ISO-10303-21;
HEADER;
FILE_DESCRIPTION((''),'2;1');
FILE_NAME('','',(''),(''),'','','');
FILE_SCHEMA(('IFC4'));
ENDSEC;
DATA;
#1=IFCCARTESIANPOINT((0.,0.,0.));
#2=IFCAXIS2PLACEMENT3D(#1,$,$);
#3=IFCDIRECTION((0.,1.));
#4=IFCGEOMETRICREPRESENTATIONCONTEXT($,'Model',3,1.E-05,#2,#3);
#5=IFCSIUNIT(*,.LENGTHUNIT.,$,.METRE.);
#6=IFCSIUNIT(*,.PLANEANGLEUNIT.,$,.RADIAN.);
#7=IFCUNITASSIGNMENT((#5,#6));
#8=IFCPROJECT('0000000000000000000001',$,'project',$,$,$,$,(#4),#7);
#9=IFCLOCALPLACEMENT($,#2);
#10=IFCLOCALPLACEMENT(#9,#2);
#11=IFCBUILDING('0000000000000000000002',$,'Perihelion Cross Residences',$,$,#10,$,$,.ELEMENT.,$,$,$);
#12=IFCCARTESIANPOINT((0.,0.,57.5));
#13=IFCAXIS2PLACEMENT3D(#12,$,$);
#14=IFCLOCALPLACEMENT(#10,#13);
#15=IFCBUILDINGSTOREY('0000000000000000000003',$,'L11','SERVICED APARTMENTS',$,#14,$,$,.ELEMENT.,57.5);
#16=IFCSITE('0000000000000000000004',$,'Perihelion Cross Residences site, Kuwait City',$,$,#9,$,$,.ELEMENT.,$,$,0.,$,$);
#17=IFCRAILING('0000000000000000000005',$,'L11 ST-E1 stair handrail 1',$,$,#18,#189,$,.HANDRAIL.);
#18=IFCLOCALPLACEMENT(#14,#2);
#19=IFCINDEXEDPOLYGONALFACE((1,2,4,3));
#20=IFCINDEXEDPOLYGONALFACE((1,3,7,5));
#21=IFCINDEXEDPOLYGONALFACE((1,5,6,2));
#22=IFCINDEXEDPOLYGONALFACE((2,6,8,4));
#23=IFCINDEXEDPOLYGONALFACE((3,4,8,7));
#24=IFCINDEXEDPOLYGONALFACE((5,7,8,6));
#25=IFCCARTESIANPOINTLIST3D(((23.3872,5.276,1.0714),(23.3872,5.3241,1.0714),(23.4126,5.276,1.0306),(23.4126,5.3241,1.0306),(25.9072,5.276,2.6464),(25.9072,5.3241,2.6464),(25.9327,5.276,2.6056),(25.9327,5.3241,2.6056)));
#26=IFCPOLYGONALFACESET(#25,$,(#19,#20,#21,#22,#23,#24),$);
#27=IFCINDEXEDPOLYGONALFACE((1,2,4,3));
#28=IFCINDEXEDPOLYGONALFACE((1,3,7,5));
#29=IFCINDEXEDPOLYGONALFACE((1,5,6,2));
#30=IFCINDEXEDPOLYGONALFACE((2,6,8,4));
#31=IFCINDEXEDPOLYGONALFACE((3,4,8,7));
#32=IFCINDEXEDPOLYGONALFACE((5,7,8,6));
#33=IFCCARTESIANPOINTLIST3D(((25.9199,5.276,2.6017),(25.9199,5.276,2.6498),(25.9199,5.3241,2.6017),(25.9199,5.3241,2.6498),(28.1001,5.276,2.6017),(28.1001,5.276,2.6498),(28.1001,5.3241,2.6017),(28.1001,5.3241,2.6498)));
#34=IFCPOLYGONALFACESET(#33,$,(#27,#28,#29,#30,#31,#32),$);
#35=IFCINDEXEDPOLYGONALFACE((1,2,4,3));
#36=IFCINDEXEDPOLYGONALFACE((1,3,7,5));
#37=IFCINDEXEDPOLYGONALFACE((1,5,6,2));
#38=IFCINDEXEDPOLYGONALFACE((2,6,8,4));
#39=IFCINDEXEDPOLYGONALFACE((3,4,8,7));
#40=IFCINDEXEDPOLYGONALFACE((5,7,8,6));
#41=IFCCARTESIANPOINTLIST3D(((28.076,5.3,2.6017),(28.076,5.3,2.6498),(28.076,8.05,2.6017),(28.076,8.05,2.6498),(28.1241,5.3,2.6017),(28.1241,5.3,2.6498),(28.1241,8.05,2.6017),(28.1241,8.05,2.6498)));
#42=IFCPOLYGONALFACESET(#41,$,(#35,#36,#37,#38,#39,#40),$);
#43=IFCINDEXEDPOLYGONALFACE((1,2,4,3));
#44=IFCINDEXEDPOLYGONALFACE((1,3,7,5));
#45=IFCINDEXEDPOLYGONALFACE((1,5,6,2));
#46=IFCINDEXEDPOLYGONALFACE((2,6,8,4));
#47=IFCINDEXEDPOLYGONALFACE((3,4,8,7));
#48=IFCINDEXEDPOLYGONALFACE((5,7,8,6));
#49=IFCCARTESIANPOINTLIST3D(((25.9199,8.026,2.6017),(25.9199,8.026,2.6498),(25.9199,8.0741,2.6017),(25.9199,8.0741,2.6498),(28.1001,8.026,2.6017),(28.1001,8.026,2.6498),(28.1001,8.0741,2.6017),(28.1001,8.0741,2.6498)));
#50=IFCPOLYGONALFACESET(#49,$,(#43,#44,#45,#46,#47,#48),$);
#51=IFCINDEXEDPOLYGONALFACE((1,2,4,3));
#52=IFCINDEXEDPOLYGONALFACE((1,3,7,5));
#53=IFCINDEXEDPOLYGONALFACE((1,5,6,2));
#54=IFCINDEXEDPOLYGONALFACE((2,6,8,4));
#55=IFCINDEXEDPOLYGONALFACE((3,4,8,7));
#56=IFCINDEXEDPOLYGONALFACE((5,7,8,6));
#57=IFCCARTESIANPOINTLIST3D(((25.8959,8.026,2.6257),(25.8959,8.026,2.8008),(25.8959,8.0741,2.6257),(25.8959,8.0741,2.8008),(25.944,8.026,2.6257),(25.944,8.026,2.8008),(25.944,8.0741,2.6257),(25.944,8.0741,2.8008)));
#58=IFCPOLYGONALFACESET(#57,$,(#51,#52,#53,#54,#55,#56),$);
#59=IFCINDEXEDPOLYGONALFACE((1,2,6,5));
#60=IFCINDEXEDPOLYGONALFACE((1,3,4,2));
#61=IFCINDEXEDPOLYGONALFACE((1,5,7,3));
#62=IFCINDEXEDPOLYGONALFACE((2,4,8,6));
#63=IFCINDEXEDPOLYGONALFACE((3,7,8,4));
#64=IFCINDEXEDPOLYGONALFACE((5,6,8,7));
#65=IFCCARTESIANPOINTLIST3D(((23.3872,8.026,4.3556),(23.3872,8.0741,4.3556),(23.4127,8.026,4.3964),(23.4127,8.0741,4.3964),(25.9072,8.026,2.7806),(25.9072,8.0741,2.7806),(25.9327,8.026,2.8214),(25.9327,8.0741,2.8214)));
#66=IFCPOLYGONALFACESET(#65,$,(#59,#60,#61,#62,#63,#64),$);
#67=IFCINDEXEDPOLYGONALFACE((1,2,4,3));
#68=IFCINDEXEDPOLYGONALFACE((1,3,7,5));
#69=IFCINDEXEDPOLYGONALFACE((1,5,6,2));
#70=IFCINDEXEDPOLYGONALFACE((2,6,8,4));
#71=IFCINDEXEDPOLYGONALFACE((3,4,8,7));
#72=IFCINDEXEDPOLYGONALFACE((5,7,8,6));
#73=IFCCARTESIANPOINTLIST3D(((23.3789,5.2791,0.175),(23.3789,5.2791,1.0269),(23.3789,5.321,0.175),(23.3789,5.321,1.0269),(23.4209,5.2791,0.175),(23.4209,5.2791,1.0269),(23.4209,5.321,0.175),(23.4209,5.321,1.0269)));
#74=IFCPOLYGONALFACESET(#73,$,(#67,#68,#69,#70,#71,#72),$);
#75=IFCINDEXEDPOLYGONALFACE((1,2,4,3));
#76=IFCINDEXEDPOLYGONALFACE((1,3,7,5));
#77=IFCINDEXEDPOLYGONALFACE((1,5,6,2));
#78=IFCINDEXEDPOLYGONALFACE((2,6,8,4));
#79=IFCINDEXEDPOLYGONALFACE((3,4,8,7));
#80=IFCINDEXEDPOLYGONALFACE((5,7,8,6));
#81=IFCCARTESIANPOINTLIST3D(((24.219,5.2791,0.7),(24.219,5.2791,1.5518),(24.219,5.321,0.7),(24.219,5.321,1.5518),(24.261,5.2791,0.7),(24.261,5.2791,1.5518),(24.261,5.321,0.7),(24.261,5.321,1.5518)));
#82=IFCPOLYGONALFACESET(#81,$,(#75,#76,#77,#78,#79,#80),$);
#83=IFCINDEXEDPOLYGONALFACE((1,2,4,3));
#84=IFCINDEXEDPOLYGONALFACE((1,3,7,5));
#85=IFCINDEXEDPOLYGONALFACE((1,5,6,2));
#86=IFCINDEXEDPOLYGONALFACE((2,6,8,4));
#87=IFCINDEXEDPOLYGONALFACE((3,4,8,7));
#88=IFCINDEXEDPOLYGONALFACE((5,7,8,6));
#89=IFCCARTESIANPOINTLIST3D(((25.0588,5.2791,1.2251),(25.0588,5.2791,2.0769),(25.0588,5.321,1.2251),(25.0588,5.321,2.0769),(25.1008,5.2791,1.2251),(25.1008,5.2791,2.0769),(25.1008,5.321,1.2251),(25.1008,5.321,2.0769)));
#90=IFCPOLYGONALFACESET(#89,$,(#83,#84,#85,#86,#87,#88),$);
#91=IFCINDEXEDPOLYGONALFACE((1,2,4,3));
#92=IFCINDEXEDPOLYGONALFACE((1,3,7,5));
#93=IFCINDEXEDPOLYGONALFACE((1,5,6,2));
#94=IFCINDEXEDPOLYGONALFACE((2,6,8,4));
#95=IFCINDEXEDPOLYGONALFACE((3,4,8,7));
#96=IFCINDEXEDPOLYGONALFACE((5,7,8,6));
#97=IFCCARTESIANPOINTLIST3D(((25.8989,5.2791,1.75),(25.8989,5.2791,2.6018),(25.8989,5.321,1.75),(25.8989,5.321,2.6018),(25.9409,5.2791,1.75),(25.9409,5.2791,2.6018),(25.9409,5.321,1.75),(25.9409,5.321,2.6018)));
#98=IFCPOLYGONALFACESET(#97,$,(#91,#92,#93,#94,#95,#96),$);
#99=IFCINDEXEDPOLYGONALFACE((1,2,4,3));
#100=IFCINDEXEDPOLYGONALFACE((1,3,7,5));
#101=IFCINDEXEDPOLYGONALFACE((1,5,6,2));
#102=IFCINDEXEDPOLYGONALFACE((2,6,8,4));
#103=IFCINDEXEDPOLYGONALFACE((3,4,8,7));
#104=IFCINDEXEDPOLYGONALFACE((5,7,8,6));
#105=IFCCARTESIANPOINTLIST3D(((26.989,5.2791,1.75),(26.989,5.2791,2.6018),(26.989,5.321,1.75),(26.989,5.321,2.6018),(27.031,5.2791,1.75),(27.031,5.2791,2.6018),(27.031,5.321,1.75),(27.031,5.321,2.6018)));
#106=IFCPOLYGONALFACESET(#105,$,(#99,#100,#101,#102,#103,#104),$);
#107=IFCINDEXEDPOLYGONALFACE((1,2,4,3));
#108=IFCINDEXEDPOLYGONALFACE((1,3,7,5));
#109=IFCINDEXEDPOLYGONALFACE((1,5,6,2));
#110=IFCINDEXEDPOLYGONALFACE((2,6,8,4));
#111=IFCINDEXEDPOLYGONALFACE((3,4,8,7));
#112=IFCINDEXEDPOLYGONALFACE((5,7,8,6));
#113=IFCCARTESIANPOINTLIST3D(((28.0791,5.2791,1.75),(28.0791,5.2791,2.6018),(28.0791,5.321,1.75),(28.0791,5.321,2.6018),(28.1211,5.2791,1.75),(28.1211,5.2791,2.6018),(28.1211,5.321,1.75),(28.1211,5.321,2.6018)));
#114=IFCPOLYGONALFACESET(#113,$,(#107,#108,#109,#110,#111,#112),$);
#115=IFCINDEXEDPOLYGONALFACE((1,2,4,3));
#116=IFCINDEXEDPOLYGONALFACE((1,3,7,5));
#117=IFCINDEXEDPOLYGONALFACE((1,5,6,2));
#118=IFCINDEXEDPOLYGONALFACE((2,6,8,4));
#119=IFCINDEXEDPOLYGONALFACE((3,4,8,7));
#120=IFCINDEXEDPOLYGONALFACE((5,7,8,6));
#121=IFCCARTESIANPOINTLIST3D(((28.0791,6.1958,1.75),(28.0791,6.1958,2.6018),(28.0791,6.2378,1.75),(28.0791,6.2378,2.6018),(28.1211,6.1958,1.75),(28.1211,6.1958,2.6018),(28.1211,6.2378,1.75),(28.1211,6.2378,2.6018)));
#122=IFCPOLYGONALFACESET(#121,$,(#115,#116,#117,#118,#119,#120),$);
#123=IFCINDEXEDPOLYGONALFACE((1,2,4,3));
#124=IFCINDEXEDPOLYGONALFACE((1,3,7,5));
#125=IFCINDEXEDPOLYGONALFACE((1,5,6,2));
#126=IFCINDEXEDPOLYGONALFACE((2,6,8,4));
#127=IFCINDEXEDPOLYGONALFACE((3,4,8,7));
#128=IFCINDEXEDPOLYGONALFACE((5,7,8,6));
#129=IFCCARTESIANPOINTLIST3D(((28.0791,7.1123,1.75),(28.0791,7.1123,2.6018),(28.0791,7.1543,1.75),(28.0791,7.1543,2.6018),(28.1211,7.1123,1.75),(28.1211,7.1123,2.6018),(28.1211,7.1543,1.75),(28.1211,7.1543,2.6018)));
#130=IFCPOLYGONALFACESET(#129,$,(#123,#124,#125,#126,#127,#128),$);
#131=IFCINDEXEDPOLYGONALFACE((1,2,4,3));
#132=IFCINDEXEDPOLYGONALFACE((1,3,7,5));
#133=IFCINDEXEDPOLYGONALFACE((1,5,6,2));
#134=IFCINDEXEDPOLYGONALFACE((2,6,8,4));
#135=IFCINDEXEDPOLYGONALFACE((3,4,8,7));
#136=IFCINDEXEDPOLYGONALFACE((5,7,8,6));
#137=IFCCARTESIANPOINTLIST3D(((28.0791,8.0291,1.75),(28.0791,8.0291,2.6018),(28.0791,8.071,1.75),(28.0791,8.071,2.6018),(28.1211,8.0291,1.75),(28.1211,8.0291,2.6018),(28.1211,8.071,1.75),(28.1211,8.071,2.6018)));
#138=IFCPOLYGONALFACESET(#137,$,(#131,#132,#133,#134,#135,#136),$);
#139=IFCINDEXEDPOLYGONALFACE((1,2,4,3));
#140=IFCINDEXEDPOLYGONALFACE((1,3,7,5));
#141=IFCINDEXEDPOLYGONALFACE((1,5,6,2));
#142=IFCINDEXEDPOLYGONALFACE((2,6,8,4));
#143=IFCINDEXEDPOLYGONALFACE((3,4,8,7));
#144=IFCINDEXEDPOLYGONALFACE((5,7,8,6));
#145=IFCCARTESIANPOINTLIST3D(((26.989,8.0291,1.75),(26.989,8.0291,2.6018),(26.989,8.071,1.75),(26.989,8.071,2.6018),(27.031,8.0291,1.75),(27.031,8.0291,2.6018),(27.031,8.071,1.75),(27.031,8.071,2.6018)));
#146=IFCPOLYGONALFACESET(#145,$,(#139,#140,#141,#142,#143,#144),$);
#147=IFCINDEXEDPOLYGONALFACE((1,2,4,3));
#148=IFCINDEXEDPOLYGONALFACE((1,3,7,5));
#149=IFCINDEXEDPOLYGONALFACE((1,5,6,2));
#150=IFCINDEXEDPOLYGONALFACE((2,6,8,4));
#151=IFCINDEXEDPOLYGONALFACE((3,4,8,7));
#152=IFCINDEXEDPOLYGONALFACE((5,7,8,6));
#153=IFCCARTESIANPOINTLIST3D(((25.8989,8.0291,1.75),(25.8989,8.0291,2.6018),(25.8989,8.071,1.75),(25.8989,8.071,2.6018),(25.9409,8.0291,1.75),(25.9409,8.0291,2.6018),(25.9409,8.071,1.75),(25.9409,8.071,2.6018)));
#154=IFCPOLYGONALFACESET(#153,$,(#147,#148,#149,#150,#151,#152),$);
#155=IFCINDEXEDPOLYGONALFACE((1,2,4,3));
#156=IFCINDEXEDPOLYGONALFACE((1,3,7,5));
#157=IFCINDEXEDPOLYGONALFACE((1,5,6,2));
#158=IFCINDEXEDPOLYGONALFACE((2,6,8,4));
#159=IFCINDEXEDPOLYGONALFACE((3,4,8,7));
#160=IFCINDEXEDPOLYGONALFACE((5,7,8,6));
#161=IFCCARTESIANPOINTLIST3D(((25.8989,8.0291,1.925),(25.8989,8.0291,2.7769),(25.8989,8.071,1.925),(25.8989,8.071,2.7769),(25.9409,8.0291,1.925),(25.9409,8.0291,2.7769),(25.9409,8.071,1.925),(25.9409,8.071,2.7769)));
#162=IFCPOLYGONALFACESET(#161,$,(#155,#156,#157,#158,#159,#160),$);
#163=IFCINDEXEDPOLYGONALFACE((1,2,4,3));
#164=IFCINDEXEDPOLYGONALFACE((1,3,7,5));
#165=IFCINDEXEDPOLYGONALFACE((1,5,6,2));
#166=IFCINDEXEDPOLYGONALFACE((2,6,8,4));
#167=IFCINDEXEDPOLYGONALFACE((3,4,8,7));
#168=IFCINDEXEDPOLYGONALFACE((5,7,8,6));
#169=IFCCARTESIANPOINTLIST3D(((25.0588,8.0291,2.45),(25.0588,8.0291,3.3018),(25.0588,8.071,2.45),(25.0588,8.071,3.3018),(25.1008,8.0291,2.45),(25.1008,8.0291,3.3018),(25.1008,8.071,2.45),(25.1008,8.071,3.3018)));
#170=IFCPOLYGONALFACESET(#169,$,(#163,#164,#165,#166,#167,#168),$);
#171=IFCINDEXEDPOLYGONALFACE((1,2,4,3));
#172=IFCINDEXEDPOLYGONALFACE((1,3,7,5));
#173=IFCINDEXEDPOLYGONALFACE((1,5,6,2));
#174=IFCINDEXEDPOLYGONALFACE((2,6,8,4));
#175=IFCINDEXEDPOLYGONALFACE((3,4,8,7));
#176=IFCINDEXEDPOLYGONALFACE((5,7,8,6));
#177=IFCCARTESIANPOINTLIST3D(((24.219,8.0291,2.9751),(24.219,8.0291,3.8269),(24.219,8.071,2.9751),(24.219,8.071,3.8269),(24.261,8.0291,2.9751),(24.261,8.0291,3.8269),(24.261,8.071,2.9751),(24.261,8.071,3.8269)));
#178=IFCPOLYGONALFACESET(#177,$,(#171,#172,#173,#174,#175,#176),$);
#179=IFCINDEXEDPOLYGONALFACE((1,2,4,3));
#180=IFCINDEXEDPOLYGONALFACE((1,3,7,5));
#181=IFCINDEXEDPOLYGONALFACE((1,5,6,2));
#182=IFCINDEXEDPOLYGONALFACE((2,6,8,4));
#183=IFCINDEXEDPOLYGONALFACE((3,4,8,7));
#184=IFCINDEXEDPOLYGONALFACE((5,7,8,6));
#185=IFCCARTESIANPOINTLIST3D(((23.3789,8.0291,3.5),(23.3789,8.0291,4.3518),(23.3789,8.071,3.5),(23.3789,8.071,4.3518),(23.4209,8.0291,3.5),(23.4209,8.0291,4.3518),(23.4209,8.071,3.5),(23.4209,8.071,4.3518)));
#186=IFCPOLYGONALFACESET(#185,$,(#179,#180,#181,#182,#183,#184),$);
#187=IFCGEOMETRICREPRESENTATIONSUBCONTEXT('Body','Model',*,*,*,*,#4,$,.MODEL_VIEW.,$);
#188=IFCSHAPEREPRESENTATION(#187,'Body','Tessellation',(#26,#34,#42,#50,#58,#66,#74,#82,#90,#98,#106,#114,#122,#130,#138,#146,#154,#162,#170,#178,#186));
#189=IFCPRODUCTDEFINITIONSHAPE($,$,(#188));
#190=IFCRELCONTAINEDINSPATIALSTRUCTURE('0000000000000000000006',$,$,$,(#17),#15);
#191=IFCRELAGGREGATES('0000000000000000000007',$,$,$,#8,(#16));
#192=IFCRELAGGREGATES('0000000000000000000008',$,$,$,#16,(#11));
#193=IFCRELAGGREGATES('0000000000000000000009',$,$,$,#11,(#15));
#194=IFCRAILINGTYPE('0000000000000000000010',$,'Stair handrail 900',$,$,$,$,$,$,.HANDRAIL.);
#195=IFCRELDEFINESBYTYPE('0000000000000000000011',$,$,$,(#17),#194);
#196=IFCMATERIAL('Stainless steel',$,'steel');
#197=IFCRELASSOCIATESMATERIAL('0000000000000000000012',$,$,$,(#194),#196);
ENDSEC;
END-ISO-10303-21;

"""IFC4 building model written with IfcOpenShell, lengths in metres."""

from ifc_helpers import new_model, si_unit, direction, frame, origin, origin_2d, place, context, subcontext, project, spatial, rectangle, extrude, material, type_object, element, save


model = new_model("IFC4")

# Units and contexts
model_context = context("Model", 3, precision=1e-05, world=origin(), true_north=direction((0.0, 1.0)))
body_context = subcontext(model_context, "Body", "Model", "MODEL_VIEW")
ifc_project = project(units=[si_unit("LENGTHUNIT", "METRE"), si_unit("PLANEANGLEUNIT", "RADIAN")], contexts=[model_context])

# Site, building, storey
site_placement = place(None, origin())
site = spatial("IfcSite", under=ifc_project, at=site_placement, Name="Perihelion Cross Residences site, Kuwait City", CompositionType="ELEMENT", RefElevation=0.0)
building_placement = place(site_placement, origin())
building = spatial("IfcBuilding", under=site, at=building_placement, Name="Perihelion Cross Residences", CompositionType="ELEMENT")
storey_placement = place(building_placement, frame((0.0, 0.0, 57.5)))
storey = spatial("IfcBuildingStorey", under=building, at=storey_placement, Name="L11", Description="SERVICED APARTMENTS", CompositionType="ELEMENT", Elevation=57.5)

# Railing
ifc_material_1 = material(Name="Stainless steel", Category="steel")
railing_type_1 = type_object("IfcRailingType", Name="Stair handrail 900", PredefinedType="HANDRAIL", material=ifc_material_1)
railing_1_placement = place(storey_placement, frame((23.3999, 5.3, 0.175)))
element("IfcRailing", 1, at=railing_1_placement, inside=storey, type_object=railing_type_1, Name="L11 ST-E1 stair handrail 1", PredefinedType="HANDRAIL", context=body_context, shape_type="SweptSolid", body=[
    extrude(rectangle(XDim=0.0481, YDim=0.0481, at=origin_2d()), frame((0.0, 0.0, 0.876), z_axis=(0.848008, 0.0, 0.529984), x_axis=(0.0, 1.0, 0.0)), (0.0, 0.0, 1.0), 2.9717),
    extrude(rectangle(XDim=0.0481, YDim=0.0481, at=origin_2d()), frame((2.52, 0.0, 2.4507), z_axis=(1.0, 0.0, 0.0), x_axis=(0.0, 1.0, 0.0)), (0.0, 0.0, 1.0), 2.1802),
    extrude(rectangle(XDim=0.0481, YDim=0.0481, at=origin_2d()), frame((4.7002, 0.0, 2.4507), z_axis=(0.0, 1.0, 0.0), x_axis=(-1.0, 0.0, 0.0)), (0.0, 0.0, 1.0), 2.75),
    extrude(rectangle(XDim=0.0481, YDim=0.0481, at=origin_2d()), frame((4.7002, 2.75, 2.4507), z_axis=(-1.0, 0.0, 0.0), x_axis=(0.0, -1.0, 0.0)), (0.0, 0.0, 1.0), 2.1802),
    extrude(rectangle(XDim=0.0481, YDim=0.0481, at=origin_2d()), frame((2.52, 2.75, 2.4507), z_axis=(0.0, 0.0, 1.0), x_axis=(1.0, 0.0, 0.0)), (0.0, 0.0, 1.0), 0.175),
    extrude(rectangle(XDim=0.0481, YDim=0.0481, at=origin_2d()), frame((2.52, 2.75, 2.626), z_axis=(-0.848008, 0.0, 0.529984), x_axis=(0.0, -1.0, 0.0)), (0.0, 0.0, 1.0), 2.9717),
    extrude(rectangle(XDim=0.042, YDim=0.042, at=origin_2d()), origin(), (0.0, 0.0, 1.0), 0.8518),
    extrude(rectangle(XDim=0.042, YDim=0.042, at=origin_2d()), frame((0.8401, 0.0, 0.5249)), (0.0, 0.0, 1.0), 0.8518),
    extrude(rectangle(XDim=0.042, YDim=0.042, at=origin_2d()), frame((1.6799, 0.0, 1.05)), (0.0, 0.0, 1.0), 0.8518),
    extrude(rectangle(XDim=0.042, YDim=0.042, at=origin_2d()), frame((2.52, 0.0, 1.575)), (0.0, 0.0, 1.0), 0.8518),
    extrude(rectangle(XDim=0.042, YDim=0.042, at=origin_2d()), frame((3.6101, 0.0, 1.575)), (0.0, 0.0, 1.0), 0.8518),
    extrude(rectangle(XDim=0.042, YDim=0.042, at=origin_2d()), frame((4.7002, 0.0, 1.575)), (0.0, 0.0, 1.0), 0.8518),
    extrude(rectangle(XDim=0.042, YDim=0.042, at=origin_2d()), frame((4.7002, 0.9167, 1.575)), (0.0, 0.0, 1.0), 0.8518),
    extrude(rectangle(XDim=0.042, YDim=0.042, at=origin_2d()), frame((4.7002, 1.8333, 1.575)), (0.0, 0.0, 1.0), 0.8518),
    extrude(rectangle(XDim=0.042, YDim=0.042, at=origin_2d()), frame((4.7002, 2.75, 1.575)), (0.0, 0.0, 1.0), 0.8518),
    extrude(rectangle(XDim=0.042, YDim=0.042, at=origin_2d()), frame((3.6101, 2.75, 1.575)), (0.0, 0.0, 1.0), 0.8518),
    extrude(rectangle(XDim=0.042, YDim=0.042, at=origin_2d()), frame((2.52, 2.75, 1.575)), (0.0, 0.0, 1.0), 0.8518),
    extrude(rectangle(XDim=0.042, YDim=0.042, at=origin_2d()), frame((2.52, 2.75, 1.75)), (0.0, 0.0, 1.0), 0.8518),
    extrude(rectangle(XDim=0.042, YDim=0.042, at=origin_2d()), frame((1.6799, 2.75, 2.2749)), (0.0, 0.0, 1.0), 0.8518),
    extrude(rectangle(XDim=0.042, YDim=0.042, at=origin_2d()), frame((0.8401, 2.75, 2.8)), (0.0, 0.0, 1.0), 0.8518),
    extrude(rectangle(XDim=0.042, YDim=0.042, at=origin_2d()), frame((0.0, 2.75, 3.325)), (0.0, 0.0, 1.0), 0.8518),
])

save(model, "model.ifc")
